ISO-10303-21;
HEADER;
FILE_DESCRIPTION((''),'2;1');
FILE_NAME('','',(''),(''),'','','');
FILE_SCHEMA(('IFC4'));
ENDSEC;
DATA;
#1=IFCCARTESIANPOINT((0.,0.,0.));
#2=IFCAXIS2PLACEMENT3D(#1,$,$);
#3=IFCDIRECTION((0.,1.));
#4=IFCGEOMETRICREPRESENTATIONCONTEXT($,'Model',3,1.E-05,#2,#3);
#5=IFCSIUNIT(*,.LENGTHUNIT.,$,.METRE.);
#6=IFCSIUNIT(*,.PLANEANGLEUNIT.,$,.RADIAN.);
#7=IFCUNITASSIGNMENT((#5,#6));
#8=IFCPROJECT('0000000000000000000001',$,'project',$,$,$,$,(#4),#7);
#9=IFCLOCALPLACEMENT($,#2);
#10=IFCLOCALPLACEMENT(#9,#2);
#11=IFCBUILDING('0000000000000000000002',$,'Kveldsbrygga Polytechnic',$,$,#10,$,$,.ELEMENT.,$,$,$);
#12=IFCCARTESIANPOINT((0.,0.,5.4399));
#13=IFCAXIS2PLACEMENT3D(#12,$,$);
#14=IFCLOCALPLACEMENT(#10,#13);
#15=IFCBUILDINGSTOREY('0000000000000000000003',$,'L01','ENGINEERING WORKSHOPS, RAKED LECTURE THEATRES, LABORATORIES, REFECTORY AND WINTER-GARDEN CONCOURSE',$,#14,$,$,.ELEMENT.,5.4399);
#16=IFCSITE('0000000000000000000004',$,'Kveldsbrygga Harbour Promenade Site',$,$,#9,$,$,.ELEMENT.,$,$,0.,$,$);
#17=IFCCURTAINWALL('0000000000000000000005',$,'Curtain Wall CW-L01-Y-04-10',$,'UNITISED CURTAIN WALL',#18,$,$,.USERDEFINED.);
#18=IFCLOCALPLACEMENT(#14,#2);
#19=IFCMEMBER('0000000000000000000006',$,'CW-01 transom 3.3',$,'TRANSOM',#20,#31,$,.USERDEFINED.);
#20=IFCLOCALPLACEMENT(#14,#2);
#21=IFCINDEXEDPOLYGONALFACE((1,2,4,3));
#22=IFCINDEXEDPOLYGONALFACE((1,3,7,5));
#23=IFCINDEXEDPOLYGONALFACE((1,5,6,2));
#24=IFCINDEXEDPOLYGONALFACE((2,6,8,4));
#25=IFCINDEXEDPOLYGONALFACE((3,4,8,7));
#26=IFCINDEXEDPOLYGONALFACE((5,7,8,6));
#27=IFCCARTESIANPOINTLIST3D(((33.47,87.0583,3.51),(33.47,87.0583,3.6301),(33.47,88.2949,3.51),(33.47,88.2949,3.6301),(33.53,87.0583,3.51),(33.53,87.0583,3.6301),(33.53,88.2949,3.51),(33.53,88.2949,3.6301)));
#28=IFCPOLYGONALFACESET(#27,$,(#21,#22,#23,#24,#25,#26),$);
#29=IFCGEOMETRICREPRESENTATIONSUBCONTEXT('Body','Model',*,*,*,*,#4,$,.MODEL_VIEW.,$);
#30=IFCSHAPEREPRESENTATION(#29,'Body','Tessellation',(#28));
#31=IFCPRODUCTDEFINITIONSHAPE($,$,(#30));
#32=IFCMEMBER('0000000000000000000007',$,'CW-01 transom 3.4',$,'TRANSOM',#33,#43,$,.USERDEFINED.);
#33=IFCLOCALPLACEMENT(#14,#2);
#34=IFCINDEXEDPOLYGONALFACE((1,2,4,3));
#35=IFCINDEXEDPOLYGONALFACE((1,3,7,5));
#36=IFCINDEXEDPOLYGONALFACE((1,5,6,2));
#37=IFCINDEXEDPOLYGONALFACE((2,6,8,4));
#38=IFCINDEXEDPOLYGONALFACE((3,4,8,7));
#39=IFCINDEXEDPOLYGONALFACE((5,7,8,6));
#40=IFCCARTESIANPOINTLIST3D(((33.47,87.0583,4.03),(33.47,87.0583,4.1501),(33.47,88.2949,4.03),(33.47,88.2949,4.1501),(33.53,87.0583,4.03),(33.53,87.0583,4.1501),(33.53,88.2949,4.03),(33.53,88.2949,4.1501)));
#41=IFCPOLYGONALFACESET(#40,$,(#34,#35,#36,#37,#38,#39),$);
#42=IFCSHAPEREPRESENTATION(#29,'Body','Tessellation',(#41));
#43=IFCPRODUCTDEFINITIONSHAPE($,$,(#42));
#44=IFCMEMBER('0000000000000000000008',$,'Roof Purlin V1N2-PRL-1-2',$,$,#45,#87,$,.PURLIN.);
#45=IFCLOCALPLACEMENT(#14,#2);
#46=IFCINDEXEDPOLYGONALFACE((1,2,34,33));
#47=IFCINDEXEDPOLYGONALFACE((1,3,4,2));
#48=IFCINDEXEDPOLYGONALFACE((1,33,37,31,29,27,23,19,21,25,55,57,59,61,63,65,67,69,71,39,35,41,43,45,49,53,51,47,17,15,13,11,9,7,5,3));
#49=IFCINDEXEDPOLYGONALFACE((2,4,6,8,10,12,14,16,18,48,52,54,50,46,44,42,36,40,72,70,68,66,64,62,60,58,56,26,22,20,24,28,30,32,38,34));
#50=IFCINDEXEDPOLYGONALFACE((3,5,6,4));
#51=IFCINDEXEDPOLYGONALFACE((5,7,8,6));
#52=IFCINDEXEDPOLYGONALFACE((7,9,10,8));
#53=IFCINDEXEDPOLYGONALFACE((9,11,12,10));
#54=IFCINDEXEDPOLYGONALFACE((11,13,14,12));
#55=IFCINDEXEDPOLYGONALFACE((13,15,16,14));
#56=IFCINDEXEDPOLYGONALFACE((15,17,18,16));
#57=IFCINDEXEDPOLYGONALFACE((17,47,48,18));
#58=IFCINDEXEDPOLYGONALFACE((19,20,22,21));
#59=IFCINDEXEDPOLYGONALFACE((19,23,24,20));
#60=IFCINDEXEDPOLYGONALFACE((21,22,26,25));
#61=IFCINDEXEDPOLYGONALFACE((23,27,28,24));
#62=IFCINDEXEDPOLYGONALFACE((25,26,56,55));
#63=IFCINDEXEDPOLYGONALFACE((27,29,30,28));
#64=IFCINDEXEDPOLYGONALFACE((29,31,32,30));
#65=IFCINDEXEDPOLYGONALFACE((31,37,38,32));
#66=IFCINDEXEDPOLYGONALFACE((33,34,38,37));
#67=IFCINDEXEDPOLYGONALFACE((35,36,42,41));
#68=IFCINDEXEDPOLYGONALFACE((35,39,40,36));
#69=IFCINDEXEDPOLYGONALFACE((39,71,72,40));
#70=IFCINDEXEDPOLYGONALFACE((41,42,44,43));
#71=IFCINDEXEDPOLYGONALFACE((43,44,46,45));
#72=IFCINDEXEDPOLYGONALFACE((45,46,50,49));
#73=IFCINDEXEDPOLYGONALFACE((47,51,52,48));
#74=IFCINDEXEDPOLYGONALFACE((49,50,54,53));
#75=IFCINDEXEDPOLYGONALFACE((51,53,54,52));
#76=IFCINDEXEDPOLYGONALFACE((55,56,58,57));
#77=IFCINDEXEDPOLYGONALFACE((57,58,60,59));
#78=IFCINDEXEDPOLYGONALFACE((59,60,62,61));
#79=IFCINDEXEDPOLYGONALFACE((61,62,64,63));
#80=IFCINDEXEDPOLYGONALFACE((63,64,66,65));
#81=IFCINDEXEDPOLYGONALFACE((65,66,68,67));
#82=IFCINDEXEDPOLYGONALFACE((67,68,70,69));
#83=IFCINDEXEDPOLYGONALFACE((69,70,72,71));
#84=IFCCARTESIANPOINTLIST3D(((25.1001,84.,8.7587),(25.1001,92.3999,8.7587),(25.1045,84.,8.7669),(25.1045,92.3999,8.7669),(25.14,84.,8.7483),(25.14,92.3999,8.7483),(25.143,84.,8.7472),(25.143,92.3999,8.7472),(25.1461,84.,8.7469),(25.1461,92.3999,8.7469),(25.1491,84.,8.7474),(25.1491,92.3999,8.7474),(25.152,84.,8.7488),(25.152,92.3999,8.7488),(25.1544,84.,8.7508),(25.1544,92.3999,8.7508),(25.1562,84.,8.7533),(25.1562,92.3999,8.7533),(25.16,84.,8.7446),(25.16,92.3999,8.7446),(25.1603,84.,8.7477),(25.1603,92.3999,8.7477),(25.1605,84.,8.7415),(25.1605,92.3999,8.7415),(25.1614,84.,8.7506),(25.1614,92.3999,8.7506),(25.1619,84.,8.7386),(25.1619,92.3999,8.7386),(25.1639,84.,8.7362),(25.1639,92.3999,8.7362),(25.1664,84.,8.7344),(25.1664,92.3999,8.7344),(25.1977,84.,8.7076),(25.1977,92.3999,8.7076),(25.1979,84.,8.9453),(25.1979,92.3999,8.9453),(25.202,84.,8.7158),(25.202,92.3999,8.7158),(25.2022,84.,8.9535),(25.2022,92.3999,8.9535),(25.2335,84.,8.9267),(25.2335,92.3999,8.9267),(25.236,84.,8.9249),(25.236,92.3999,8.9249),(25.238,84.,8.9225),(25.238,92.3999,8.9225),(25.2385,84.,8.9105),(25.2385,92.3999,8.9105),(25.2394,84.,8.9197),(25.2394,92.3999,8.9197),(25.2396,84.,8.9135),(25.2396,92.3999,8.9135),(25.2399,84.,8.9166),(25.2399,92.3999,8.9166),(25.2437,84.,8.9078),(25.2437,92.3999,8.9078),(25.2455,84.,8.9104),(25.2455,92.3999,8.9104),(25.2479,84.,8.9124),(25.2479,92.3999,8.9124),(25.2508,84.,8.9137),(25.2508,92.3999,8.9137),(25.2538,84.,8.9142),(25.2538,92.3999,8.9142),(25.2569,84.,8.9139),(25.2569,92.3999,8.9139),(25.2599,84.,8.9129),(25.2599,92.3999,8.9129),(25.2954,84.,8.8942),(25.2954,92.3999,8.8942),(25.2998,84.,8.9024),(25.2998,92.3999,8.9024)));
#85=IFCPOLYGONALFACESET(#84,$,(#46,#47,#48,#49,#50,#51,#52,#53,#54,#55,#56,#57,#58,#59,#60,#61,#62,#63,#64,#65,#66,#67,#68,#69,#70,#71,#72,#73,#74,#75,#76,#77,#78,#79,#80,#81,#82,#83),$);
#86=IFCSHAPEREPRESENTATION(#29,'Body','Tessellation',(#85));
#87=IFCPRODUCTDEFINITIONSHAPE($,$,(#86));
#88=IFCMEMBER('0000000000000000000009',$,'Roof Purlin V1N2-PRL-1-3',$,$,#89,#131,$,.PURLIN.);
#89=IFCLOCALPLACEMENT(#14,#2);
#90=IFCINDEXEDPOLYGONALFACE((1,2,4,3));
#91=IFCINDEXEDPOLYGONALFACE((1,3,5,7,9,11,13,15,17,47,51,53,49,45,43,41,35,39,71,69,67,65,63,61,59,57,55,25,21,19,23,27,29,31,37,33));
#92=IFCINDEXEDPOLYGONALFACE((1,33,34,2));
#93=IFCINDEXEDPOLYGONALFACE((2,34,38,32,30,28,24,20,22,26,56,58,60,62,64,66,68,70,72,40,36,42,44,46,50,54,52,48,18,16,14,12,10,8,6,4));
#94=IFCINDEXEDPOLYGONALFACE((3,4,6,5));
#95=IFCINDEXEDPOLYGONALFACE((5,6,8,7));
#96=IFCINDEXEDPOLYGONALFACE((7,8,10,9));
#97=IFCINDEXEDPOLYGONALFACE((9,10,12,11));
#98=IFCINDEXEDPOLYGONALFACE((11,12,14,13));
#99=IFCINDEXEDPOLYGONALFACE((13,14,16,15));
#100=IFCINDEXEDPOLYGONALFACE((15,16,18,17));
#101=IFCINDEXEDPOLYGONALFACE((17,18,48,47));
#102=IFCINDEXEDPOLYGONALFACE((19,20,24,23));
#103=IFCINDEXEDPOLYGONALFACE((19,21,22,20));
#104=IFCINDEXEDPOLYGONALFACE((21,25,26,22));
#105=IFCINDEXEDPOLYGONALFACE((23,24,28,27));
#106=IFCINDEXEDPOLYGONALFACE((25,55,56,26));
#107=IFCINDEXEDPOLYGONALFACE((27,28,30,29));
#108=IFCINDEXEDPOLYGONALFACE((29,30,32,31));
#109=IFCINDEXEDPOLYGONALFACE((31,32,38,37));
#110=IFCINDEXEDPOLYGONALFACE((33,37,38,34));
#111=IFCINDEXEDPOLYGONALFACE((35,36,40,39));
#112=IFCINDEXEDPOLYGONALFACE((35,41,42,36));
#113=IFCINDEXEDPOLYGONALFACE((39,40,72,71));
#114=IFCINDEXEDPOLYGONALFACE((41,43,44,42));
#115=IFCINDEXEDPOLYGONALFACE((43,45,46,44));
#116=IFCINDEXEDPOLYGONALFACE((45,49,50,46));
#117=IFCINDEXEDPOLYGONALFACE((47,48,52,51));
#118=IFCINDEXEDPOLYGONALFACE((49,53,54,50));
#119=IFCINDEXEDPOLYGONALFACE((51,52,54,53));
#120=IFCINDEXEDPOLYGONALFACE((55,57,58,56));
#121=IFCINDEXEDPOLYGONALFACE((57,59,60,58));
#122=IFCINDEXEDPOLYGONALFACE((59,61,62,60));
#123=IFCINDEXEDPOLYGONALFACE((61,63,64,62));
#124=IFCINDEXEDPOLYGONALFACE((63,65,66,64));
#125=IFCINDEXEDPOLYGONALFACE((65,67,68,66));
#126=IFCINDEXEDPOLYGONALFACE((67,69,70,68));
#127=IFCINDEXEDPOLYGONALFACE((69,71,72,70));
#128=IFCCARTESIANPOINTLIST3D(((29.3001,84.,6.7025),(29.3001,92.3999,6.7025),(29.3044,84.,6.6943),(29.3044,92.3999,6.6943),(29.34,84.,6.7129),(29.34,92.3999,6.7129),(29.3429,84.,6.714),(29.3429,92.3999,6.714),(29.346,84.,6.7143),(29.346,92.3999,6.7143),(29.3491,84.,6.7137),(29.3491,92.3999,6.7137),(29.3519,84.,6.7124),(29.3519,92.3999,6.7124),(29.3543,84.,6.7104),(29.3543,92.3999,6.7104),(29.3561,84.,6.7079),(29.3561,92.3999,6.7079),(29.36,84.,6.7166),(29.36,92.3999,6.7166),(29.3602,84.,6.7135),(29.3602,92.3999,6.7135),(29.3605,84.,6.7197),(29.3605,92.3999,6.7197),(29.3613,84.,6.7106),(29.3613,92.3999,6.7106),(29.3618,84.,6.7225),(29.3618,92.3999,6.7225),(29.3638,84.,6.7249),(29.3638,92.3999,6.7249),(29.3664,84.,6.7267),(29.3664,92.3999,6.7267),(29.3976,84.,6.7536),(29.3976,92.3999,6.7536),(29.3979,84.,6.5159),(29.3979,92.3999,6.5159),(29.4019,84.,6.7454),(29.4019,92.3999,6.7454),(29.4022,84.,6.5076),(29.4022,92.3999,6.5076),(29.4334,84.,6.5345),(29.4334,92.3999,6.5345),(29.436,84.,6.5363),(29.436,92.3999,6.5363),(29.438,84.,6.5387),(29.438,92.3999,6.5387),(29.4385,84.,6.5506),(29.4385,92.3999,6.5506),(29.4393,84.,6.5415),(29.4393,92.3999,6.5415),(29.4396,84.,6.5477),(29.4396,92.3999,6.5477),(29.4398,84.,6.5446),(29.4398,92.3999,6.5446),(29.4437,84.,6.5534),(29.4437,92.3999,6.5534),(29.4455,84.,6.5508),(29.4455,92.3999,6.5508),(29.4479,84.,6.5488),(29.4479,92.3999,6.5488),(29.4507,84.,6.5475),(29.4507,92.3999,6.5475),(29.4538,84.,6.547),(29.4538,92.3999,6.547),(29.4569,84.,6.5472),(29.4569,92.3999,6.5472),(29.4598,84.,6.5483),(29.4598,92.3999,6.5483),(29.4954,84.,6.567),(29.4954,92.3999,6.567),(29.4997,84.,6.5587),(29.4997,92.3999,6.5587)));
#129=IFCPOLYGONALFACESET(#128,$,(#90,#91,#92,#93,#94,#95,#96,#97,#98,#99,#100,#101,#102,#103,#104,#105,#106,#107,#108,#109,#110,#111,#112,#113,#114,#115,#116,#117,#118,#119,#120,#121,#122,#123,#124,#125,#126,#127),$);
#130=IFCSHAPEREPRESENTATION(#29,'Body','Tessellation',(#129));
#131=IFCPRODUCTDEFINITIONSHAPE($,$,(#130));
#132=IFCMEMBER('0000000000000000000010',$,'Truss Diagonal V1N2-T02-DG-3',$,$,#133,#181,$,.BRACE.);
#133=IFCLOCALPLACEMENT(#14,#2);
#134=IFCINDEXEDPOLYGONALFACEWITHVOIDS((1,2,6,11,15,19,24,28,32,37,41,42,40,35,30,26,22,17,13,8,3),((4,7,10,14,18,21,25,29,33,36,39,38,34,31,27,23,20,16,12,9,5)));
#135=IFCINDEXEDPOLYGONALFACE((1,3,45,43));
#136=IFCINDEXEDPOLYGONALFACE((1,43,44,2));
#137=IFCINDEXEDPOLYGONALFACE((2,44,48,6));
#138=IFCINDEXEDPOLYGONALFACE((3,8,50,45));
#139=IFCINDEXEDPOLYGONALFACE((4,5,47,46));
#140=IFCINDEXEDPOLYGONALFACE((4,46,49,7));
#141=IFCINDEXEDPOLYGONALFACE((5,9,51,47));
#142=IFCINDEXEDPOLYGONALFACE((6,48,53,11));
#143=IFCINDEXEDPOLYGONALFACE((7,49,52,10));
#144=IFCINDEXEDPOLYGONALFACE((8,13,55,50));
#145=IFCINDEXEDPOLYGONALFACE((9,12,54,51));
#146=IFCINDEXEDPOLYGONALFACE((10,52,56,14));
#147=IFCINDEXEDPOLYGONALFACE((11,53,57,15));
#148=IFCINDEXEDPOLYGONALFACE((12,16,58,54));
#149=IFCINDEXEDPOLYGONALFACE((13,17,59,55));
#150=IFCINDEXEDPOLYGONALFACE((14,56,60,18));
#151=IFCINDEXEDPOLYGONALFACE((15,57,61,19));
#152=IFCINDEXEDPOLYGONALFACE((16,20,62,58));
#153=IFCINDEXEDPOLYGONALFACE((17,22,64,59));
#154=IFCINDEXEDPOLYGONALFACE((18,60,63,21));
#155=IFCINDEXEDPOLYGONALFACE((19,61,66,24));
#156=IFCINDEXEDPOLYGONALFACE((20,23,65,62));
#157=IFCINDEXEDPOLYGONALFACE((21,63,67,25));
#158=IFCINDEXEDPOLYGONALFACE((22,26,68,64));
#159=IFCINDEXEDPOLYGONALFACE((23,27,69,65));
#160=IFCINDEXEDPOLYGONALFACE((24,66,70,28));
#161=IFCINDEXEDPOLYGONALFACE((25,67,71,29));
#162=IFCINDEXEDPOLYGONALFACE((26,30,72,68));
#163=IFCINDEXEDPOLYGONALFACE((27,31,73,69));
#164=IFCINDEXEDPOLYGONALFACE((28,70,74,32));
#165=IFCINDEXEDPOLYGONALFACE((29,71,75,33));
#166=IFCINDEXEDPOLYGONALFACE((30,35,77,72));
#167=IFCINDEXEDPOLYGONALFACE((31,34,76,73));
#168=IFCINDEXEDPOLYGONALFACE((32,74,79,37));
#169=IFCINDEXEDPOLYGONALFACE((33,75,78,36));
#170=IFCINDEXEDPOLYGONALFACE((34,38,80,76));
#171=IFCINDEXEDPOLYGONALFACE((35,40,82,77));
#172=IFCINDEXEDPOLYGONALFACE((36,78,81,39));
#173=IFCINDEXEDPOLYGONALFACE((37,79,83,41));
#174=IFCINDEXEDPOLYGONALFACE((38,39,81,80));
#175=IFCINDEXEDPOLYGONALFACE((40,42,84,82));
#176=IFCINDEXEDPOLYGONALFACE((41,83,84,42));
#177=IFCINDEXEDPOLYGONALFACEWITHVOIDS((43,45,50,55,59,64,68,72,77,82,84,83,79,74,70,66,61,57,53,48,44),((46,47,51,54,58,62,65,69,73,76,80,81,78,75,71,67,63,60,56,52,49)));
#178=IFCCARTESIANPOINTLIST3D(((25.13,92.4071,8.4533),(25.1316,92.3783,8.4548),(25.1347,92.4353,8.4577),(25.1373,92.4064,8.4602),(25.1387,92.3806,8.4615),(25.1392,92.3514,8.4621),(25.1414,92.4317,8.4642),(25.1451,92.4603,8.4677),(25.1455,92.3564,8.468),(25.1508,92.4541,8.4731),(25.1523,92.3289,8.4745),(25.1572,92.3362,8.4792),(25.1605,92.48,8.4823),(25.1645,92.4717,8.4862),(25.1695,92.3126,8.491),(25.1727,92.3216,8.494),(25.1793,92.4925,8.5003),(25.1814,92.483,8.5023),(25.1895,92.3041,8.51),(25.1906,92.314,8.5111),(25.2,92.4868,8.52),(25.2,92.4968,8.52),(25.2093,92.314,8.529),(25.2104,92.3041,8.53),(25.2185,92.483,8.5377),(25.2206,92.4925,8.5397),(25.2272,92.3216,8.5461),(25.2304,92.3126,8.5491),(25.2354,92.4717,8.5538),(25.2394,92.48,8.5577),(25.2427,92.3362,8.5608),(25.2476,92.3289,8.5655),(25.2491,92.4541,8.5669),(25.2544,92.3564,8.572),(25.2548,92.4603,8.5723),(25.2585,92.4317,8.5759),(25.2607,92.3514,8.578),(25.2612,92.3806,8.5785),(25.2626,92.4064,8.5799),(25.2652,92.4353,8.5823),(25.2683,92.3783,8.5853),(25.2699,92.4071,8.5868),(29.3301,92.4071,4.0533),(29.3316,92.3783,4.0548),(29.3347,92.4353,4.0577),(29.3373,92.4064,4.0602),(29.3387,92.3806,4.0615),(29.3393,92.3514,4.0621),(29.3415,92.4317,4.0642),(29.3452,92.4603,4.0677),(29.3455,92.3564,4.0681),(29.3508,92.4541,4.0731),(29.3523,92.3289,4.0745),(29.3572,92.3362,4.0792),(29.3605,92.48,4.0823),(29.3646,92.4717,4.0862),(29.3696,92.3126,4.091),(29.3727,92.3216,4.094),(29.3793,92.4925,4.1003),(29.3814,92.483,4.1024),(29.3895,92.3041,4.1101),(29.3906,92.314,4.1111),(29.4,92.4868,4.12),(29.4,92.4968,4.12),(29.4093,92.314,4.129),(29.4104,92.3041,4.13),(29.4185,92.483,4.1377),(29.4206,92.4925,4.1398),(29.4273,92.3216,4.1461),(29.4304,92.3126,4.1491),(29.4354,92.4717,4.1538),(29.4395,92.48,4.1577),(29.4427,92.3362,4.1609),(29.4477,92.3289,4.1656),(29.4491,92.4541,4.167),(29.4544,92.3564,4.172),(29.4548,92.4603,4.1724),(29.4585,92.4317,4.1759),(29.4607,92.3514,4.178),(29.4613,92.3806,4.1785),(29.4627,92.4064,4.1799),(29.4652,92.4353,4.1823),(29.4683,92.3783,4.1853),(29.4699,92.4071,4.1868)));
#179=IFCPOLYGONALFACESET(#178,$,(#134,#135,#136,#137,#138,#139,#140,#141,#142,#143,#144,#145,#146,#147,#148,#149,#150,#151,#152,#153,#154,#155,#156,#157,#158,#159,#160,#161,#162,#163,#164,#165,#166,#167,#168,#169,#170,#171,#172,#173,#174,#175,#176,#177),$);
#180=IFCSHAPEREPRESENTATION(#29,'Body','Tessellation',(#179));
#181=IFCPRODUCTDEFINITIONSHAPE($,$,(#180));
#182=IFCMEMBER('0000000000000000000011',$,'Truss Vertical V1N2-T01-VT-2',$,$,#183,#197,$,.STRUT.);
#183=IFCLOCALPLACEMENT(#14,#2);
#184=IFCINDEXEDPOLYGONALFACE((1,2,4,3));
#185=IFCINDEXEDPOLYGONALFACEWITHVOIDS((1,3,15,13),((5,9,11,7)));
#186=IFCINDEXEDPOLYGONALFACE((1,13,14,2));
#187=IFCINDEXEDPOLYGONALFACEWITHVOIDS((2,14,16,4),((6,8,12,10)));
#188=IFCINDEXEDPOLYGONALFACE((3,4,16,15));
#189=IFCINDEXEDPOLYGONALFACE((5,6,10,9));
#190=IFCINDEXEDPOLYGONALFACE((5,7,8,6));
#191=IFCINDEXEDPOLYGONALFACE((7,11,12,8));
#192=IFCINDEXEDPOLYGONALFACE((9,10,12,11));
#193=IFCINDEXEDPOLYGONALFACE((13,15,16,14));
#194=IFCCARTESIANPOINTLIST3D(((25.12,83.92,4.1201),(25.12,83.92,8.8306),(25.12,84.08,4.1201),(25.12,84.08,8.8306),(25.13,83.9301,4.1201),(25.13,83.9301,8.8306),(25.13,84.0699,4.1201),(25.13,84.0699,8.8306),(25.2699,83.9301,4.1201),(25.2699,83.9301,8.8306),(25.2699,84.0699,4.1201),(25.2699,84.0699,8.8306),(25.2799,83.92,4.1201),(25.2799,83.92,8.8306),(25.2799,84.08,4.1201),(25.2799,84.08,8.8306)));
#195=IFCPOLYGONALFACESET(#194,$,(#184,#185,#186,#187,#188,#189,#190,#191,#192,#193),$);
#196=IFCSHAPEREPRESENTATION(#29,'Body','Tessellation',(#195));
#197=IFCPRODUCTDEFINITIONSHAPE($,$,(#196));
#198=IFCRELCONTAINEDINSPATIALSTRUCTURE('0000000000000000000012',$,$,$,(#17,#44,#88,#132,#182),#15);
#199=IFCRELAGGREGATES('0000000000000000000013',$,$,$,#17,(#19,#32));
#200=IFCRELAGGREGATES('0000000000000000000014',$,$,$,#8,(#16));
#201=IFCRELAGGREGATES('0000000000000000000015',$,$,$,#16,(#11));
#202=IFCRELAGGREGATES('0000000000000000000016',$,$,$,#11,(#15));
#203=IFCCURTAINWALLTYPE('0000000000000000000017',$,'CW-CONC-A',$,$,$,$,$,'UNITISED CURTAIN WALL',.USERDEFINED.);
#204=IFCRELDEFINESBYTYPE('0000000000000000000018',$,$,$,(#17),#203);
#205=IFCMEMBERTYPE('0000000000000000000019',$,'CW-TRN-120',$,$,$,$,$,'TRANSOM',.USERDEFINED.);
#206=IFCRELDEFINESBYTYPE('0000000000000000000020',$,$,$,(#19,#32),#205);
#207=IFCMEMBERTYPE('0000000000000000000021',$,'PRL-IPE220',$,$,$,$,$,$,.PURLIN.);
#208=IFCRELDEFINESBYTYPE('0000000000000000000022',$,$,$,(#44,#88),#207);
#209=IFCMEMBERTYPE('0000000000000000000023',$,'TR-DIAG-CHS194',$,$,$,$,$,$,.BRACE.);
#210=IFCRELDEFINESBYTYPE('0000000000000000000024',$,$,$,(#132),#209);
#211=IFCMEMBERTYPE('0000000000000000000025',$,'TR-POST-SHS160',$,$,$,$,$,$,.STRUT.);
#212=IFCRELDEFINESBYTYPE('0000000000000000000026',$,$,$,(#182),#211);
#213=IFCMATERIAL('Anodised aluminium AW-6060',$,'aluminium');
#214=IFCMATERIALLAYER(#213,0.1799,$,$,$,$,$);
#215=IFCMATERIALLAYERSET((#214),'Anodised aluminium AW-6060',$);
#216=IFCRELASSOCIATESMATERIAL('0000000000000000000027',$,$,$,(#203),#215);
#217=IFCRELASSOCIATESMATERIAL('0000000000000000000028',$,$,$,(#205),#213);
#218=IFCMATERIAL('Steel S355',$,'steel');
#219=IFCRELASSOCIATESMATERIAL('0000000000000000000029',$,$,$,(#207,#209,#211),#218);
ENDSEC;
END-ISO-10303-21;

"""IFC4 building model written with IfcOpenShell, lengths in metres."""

from ifc_helpers import new_model, si_unit, direction, frame, origin, origin_2d, place, context, subcontext, project, spatial, rectangle, hollow_rectangle, hollow_circle, i_section, extrude, material, layer, layer_set, material_profile, profile_set, type_object, element, aggregate, save


model = new_model("IFC4")

# Units and contexts
model_context = context("Model", 3, precision=1e-05, world=origin(), true_north=direction((0.0, 1.0)))
body_context = subcontext(model_context, "Body", "Model", "MODEL_VIEW")
ifc_project = project(units=[si_unit("LENGTHUNIT", "METRE"), si_unit("PLANEANGLEUNIT", "RADIAN")], contexts=[model_context])

# Site, building, storey
site_placement = place(None, origin())
site = spatial("IfcSite", under=ifc_project, at=site_placement, Name="Kveldsbrygga Harbour Promenade Site", CompositionType="ELEMENT", RefElevation=0.0)
building_placement = place(site_placement, origin())
building = spatial("IfcBuilding", under=site, at=building_placement, Name="Kveldsbrygga Polytechnic", CompositionType="ELEMENT")
storey_placement = place(building_placement, frame((0.0, 0.0, 5.4399)))
storey = spatial("IfcBuildingStorey", under=building, at=storey_placement, Name="L01", Description="ENGINEERING WORKSHOPS, RAKED LECTURE THEATRES, LABORATORIES, REFECTORY AND WINTER-GARDEN CONCOURSE", CompositionType="ELEMENT", Elevation=5.4399)

# Curtain wall, members
ifc_material_1 = material(Name="Anodised aluminium AW-6060", Category="aluminium")
ifc_layer_1 = layer(ifc_material_1, 0.1799)
ifc_layer_set_1 = layer_set([ifc_layer_1], Name="Anodised aluminium AW-6060")
curtain_wall_type = type_object("IfcCurtainWallType", Name="CW-CONC-A", ElementType="UNITISED CURTAIN WALL", PredefinedType="USERDEFINED", material=ifc_layer_set_1)
curtain_wall_placement = place(storey_placement, origin())
curtain_wall = element("IfcCurtainWall", 1, at=curtain_wall_placement, inside=storey, type_object=curtain_wall_type, Name="Curtain Wall CW-L01-Y-04-10", ObjectType="UNITISED CURTAIN WALL", PredefinedType="USERDEFINED")
ifc_material_profile_1 = material_profile(ifc_material_1, rectangle(XDim=0.0601, YDim=0.1201, at=origin_2d()), Name="ALU 60x120")
ifc_profile_set_1 = profile_set([ifc_material_profile_1], Name="Anodised aluminium AW-6060")
member_type_1 = type_object("IfcMemberType", Name="CW-TRN-120", ElementType="TRANSOM", PredefinedType="USERDEFINED", material=ifc_profile_set_1)
member_1_placement = place(storey_placement, frame((33.5, 87.0583, 3.5701), z_axis=(0.0, 1.0, 0.0), x_axis=(-1.0, 0.0, 0.0)))
member_1 = element("IfcMember", 2, at=member_1_placement, type_object=member_type_1, Name="CW-01 transom 3.3", ObjectType="TRANSOM", PredefinedType="USERDEFINED", context=body_context, shape_type="SweptSolid", body=[
    extrude(rectangle(XDim=0.0601, YDim=0.1201, at=origin_2d()), origin(), (0.0, 0.0, 1.0), 1.2366),
])
member_2_placement = place(storey_placement, frame((33.5, 87.0583, 4.0901), z_axis=(0.0, 1.0, 0.0), x_axis=(-1.0, 0.0, 0.0)))
member_2 = element("IfcMember", 3, at=member_2_placement, type_object=member_type_1, Name="CW-01 transom 3.4", ObjectType="TRANSOM", PredefinedType="USERDEFINED", context=body_context, shape_type="SweptSolid", body=[
    extrude(rectangle(XDim=0.0601, YDim=0.1201, at=origin_2d()), origin(), (0.0, 0.0, 1.0), 1.2366),
])

# Members
ifc_material_2 = material(Name="Steel S355", Category="steel")
ifc_material_profile_2 = material_profile(ifc_material_2, i_section(OverallWidth=0.1101, OverallDepth=0.22, WebThickness=0.0059, FlangeThickness=0.0093, FilletRadius=0.012, at=origin_2d()), Name="IPE 220")
ifc_profile_set_2 = profile_set([ifc_material_profile_2], Name="Steel S355")
member_type_2 = type_object("IfcMemberType", Name="PRL-IPE220", PredefinedType="PURLIN", material=ifc_profile_set_2)
for number, where, z_axis, x_axis, name in (
    (4, (25.2, 84.0, 8.8306), (0.0, 1.0, 0.0), (-0.885831, 0.0, 0.464007), "Roof Purlin V1N2-PRL-1-2"),
    (5, (29.3999, 84.0, 6.6306), (0.0, 1.0, 0.0), (-0.885831, 0.0, -0.464007), "Roof Purlin V1N2-PRL-1-3"),
):
    element("IfcMember", number, at=place(storey_placement, frame(where, z_axis=z_axis, x_axis=x_axis)), inside=storey, type_object=member_type_2, Name=name, PredefinedType="PURLIN", context=body_context, shape_type="SweptSolid", body=[
        extrude(i_section(OverallWidth=0.1101, OverallDepth=0.22, WebThickness=0.0059, FlangeThickness=0.0093, FilletRadius=0.012, at=origin_2d()), origin(), (0.0, 0.0, 1.0), 8.3999),
    ])
ifc_material_profile_3 = material_profile(ifc_material_2, hollow_circle(Radius=0.0969, WallThickness=0.01, at=origin_2d()), Name="CHS 193.7x10.0")
ifc_profile_set_3 = profile_set([ifc_material_profile_3], Name="Steel S355")
member_type_3 = type_object("IfcMemberType", Name="TR-DIAG-CHS194", PredefinedType="BRACE", material=ifc_profile_set_3)
member_3_placement = place(storey_placement, frame((25.2, 92.3999, 8.52), z_axis=(0.69048, 0.0, -0.723352), x_axis=(0.0, 1.0, 0.0)))
element("IfcMember", 6, at=member_3_placement, inside=storey, type_object=member_type_3, Name="Truss Diagonal V1N2-T02-DG-3", PredefinedType="BRACE", context=body_context, shape_type="SweptSolid", body=[
    extrude(hollow_circle(Radius=0.0969, WallThickness=0.01, at=origin_2d()), origin(), (0.0, 0.0, 1.0), 6.0828),
])
ifc_material_profile_4 = material_profile(ifc_material_2, hollow_rectangle(XDim=0.1599, YDim=0.1599, WallThickness=0.01, at=origin_2d()), Name="SHS 160x160x10.0")
ifc_profile_set_4 = profile_set([ifc_material_profile_4], Name="Steel S355")
member_type_4 = type_object("IfcMemberType", Name="TR-POST-SHS160", PredefinedType="STRUT", material=ifc_profile_set_4)
member_4_placement = place(storey_placement, frame((25.2, 84.0, 4.1201), z_axis=(0.0, 0.0, 1.0), x_axis=(1.0, 0.0, 0.0)))
element("IfcMember", 7, at=member_4_placement, inside=storey, type_object=member_type_4, Name="Truss Vertical V1N2-T01-VT-2", PredefinedType="STRUT", context=body_context, shape_type="SweptSolid", body=[
    extrude(hollow_rectangle(XDim=0.1599, YDim=0.1599, WallThickness=0.01, at=origin_2d()), origin(), (0.0, 0.0, 1.0), 4.7104),
])

aggregate(curtain_wall, [member_1, member_2])

save(model, "model.ifc")
